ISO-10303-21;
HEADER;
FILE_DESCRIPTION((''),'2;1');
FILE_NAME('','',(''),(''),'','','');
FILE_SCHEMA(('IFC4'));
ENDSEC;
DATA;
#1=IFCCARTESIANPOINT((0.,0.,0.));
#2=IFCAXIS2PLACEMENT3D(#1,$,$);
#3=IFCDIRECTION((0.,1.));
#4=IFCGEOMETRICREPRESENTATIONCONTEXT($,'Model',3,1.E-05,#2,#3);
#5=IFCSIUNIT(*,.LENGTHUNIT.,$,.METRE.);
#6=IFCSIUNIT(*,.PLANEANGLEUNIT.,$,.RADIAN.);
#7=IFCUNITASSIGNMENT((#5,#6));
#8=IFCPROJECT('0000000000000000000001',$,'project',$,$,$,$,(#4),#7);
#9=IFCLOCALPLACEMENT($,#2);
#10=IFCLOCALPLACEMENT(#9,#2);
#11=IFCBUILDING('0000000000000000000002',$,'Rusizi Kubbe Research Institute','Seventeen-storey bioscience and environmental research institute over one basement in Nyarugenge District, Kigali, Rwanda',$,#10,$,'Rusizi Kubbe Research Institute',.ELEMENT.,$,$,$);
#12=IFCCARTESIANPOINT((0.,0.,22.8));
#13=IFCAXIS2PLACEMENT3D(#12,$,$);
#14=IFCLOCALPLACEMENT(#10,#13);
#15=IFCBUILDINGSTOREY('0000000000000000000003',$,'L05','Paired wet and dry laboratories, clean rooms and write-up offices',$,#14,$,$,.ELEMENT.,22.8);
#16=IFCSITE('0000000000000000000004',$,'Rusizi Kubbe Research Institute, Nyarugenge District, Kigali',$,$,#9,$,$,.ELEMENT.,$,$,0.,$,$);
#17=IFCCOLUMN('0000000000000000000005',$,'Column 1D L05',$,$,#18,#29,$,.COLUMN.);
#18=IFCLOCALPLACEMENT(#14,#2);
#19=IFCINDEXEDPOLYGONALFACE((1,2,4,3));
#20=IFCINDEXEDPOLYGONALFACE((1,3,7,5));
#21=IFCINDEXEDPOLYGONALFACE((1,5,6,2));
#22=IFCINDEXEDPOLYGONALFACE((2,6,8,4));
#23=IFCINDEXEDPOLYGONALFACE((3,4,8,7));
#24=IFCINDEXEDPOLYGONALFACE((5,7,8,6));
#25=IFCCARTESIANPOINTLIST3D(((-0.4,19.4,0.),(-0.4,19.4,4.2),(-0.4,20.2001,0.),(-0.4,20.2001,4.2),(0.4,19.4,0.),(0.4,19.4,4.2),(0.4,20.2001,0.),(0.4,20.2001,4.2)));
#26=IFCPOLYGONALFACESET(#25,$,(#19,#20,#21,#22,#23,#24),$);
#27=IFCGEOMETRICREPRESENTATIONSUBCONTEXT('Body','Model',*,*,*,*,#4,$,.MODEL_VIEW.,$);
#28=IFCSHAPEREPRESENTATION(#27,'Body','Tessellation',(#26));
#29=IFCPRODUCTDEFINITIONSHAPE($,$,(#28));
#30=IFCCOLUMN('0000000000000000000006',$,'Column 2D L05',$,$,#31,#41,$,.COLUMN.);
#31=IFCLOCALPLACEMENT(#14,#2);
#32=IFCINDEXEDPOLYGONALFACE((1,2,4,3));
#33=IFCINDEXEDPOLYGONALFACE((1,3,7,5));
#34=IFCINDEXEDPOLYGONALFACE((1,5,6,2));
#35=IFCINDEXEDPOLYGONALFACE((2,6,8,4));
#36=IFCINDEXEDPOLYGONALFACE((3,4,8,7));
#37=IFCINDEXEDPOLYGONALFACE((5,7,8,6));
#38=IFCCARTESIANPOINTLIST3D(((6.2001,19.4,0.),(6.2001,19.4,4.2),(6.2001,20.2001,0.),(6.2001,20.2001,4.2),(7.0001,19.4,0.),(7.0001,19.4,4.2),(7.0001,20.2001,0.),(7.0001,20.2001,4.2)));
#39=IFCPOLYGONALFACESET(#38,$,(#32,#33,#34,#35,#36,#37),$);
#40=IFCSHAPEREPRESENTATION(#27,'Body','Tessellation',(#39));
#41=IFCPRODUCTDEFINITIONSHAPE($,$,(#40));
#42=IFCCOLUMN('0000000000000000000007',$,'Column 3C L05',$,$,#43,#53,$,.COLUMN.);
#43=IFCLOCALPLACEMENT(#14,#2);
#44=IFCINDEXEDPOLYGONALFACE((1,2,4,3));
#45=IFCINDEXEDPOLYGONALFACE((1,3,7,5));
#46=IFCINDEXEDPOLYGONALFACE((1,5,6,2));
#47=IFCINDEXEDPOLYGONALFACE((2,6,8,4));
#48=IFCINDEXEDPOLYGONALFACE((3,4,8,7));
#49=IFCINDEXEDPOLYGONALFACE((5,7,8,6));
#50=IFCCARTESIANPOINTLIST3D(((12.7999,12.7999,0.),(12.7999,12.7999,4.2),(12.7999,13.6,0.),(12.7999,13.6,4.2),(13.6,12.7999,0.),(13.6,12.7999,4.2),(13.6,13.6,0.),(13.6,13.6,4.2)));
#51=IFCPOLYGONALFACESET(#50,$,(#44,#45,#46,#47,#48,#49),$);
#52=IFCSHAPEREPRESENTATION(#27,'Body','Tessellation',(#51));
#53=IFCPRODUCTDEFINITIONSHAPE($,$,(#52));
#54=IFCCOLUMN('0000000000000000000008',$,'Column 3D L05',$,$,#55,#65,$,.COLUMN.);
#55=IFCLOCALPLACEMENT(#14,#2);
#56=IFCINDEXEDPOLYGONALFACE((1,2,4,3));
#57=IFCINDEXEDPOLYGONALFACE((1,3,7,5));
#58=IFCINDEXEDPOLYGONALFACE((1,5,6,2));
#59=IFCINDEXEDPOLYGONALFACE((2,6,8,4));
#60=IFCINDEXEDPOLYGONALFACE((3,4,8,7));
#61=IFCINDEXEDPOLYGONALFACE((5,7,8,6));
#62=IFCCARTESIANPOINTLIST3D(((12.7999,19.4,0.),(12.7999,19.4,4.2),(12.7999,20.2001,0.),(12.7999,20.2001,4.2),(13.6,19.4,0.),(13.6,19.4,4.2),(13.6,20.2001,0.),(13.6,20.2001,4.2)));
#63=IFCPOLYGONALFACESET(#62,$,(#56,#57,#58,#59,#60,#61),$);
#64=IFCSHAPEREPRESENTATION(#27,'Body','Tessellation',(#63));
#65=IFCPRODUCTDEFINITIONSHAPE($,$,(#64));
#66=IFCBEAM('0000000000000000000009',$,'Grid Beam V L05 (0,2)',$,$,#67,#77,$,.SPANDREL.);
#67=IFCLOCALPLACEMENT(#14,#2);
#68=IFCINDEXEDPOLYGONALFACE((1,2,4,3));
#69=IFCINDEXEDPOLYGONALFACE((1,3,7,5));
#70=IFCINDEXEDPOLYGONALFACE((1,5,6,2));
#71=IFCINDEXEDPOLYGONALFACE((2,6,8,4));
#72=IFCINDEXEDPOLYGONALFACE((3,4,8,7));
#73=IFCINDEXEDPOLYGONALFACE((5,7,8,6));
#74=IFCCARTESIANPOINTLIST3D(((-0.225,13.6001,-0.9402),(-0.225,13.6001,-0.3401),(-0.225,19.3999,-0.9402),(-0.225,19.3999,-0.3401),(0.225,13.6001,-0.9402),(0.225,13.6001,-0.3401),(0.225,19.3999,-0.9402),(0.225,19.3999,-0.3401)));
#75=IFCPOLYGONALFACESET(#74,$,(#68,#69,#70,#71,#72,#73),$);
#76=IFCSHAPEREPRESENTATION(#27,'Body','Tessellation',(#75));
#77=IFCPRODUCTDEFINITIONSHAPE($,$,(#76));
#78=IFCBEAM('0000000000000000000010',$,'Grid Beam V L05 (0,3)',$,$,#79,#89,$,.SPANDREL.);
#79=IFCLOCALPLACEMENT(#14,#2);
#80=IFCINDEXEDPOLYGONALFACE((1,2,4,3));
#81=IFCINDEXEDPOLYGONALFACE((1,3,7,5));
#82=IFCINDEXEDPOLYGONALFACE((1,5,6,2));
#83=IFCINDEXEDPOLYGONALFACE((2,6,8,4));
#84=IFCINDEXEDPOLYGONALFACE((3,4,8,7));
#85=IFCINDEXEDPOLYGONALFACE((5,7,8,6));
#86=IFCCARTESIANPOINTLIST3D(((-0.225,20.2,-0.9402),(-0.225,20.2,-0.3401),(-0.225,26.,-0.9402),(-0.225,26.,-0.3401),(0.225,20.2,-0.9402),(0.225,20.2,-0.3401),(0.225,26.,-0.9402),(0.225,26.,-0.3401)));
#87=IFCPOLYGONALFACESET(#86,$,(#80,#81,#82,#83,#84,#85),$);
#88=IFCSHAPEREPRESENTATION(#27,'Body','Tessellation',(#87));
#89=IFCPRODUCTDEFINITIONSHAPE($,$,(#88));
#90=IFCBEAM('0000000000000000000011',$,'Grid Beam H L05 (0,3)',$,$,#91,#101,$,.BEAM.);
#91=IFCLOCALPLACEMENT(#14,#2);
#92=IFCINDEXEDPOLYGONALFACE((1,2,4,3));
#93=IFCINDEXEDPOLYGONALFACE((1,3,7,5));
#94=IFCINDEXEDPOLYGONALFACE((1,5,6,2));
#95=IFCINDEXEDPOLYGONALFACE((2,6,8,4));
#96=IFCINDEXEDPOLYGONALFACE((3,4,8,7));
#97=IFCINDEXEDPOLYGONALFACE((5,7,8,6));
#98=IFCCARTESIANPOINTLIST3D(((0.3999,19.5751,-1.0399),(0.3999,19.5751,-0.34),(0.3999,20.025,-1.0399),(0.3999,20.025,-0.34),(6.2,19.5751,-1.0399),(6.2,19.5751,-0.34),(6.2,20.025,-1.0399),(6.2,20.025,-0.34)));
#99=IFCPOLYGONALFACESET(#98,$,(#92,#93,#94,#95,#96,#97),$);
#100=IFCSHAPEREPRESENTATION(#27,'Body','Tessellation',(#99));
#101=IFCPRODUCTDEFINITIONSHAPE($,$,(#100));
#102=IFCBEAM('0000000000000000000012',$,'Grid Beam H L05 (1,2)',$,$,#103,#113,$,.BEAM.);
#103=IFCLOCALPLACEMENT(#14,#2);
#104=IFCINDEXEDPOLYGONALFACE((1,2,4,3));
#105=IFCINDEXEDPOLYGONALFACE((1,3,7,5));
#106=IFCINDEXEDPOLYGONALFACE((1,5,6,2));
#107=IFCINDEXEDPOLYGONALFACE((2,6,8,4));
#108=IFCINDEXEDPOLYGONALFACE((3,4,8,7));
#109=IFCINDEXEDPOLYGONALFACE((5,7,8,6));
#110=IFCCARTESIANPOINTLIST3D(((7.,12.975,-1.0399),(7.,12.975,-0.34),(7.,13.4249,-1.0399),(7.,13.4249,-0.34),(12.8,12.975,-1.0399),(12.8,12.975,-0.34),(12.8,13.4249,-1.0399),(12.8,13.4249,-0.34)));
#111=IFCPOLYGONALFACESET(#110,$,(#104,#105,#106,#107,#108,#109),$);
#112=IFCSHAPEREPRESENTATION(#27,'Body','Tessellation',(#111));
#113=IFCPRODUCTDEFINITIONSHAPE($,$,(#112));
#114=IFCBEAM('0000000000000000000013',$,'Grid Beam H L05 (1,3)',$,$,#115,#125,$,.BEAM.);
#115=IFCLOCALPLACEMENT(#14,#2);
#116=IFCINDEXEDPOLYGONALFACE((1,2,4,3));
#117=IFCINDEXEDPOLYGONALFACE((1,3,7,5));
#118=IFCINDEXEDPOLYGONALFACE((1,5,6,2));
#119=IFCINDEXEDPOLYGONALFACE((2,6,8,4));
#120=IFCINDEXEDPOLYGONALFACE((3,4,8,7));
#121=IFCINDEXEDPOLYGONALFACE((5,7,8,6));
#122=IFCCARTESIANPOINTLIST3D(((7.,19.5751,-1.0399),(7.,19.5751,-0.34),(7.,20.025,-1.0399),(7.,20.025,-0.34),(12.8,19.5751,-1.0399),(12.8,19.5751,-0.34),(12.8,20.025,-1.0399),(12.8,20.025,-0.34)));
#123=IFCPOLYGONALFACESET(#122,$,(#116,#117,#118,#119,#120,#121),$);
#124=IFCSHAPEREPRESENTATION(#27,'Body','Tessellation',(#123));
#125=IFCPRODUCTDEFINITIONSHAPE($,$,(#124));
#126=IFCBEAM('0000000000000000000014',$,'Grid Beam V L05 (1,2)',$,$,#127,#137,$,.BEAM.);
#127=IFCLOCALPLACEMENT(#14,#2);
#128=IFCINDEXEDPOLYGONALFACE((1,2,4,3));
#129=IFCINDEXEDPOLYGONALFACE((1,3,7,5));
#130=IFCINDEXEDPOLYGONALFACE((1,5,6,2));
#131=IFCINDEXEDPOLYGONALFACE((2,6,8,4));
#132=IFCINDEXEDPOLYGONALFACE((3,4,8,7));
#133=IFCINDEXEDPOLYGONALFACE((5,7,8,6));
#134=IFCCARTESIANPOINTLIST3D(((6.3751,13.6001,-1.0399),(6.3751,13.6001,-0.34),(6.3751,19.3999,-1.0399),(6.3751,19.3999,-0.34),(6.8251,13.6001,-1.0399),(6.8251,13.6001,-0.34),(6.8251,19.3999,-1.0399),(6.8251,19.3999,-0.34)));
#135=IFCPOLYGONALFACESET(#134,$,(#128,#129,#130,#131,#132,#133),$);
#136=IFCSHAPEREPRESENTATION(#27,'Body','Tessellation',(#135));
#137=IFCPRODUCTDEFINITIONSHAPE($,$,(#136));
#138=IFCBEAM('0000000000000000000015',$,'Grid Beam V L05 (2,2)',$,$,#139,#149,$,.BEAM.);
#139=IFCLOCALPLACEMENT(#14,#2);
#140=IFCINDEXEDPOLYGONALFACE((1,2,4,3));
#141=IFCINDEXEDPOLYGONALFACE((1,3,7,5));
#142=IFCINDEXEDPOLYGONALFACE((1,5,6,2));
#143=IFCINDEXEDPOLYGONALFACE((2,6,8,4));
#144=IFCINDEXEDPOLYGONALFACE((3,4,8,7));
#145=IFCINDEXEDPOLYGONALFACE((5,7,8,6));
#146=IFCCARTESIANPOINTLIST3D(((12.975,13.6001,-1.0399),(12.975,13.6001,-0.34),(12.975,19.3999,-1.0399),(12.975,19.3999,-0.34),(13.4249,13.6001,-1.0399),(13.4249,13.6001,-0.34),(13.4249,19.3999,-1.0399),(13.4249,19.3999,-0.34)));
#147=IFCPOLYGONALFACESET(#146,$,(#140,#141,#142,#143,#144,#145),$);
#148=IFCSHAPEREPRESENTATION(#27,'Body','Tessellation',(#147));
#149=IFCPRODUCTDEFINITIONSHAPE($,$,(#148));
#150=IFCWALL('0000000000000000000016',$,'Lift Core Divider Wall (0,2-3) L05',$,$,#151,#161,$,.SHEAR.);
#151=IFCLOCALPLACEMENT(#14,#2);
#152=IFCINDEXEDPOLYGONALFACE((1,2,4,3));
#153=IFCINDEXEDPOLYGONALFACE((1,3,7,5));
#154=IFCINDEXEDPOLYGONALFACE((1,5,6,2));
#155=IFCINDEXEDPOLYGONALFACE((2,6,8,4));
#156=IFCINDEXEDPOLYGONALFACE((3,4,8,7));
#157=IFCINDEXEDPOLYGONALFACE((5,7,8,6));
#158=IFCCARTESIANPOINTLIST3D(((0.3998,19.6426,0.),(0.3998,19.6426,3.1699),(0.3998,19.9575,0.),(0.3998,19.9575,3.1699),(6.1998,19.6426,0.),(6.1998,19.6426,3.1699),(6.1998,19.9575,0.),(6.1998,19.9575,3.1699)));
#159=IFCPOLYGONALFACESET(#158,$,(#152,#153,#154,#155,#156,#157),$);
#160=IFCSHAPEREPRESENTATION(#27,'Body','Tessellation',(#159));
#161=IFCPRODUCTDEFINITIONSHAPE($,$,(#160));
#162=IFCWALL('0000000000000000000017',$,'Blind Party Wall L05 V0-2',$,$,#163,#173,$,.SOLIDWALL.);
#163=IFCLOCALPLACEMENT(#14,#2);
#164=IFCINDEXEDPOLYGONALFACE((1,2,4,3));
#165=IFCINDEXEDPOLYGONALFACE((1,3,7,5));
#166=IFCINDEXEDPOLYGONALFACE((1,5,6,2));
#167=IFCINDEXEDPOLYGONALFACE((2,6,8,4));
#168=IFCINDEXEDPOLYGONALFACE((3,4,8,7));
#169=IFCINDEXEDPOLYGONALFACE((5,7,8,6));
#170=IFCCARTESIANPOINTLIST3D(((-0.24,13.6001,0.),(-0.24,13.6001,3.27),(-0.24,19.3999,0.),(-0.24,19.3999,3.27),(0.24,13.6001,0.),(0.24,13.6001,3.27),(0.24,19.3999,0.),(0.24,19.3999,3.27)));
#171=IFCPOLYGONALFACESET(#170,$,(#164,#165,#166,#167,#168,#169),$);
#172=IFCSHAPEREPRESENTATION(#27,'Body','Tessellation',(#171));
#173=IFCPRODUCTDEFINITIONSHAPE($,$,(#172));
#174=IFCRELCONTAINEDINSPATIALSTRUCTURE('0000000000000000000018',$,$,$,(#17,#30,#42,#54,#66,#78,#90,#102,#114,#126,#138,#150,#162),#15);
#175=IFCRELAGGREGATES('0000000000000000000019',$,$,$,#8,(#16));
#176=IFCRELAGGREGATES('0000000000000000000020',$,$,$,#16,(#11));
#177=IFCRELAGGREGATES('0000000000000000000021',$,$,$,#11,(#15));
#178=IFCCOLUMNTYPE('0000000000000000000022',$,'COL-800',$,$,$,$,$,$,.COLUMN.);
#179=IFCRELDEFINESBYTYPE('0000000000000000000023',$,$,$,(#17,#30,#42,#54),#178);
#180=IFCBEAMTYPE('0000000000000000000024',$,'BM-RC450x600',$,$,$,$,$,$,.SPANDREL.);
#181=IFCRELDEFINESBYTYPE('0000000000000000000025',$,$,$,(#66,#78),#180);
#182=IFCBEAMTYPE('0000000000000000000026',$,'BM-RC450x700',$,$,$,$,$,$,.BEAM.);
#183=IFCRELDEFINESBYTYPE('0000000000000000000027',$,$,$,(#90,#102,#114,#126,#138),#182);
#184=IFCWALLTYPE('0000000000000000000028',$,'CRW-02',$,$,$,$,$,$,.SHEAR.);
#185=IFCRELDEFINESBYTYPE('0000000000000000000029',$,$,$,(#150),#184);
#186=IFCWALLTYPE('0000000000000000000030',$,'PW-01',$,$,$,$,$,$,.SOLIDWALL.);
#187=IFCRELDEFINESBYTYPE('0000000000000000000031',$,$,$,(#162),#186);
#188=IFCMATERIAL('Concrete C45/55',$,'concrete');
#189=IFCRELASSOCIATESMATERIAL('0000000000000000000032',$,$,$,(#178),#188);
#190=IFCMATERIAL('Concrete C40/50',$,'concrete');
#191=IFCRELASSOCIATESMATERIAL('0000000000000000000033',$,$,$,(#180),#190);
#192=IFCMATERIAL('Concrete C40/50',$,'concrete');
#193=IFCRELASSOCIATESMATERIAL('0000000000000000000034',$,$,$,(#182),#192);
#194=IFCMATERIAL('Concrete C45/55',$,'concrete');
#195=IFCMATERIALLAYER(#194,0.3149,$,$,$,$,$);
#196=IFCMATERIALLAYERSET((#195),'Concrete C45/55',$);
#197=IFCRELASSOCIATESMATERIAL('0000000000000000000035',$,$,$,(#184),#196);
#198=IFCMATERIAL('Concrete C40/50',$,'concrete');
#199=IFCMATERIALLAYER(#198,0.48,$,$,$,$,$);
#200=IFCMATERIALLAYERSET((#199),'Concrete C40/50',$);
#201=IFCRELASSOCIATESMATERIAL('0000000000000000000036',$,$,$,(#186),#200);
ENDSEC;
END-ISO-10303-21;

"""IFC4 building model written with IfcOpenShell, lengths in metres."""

from ifc_helpers import new_model, si_unit, direction, frame, frame_2d, origin, origin_2d, place, context, subcontext, project, spatial, rectangle, extrude, material, layer, layer_set, material_profile, profile_set, type_object, element, save


model = new_model("IFC4")

# Units and contexts
model_context = context("Model", 3, precision=1e-05, world=origin(), true_north=direction((0.0, 1.0)))
body_context = subcontext(model_context, "Body", "Model", "MODEL_VIEW")
ifc_project = project(units=[si_unit("LENGTHUNIT", "METRE"), si_unit("PLANEANGLEUNIT", "RADIAN")], contexts=[model_context])

# Site, building, storey
site_placement = place(None, origin())
site = spatial("IfcSite", under=ifc_project, at=site_placement, Name="Rusizi Kubbe Research Institute, Nyarugenge District, Kigali", CompositionType="ELEMENT", RefElevation=0.0)
building_placement = place(site_placement, origin())
building = spatial("IfcBuilding", under=site, at=building_placement, Name="Rusizi Kubbe Research Institute", Description="Seventeen-storey bioscience and environmental research institute over one basement in Nyarugenge District, Kigali, Rwanda", LongName="Rusizi Kubbe Research Institute", CompositionType="ELEMENT")
storey_placement = place(building_placement, frame((0.0, 0.0, 22.8)))
storey = spatial("IfcBuildingStorey", under=building, at=storey_placement, Name="L05", Description="Paired wet and dry laboratories, clean rooms and write-up offices", CompositionType="ELEMENT", Elevation=22.8)

# Columns
ifc_material_1 = material(Name="Concrete C45/55", Category="concrete")
ifc_material_profile_1 = material_profile(ifc_material_1, rectangle(XDim=0.8, YDim=0.8, at=origin_2d()), Name="RC800x800")
ifc_profile_set_1 = profile_set([ifc_material_profile_1], Name="Concrete C45/55")
column_type = type_object("IfcColumnType", Name="COL-800", PredefinedType="COLUMN", material=ifc_profile_set_1)
for number, where, z_axis, x_axis, name in (
    (1, (0.0, 19.8, 0.0), (0.0, 0.0, 1.0), (1.0, 0.0, 0.0), "Column 1D L05"),
    (2, (6.6001, 19.8, 0.0), (0.0, 0.0, 1.0), (1.0, 0.0, 0.0), "Column 2D L05"),
    (3, (13.2, 13.2, 0.0), (0.0, 0.0, 1.0), (1.0, 0.0, 0.0), "Column 3C L05"),
    (4, (13.2, 19.8, 0.0), (0.0, 0.0, 1.0), (1.0, 0.0, 0.0), "Column 3D L05"),
):
    element("IfcColumn", number, at=place(storey_placement, frame(where, z_axis=z_axis, x_axis=x_axis)), inside=storey, type_object=column_type, Name=name, PredefinedType="COLUMN", context=body_context, shape_type="SweptSolid", body=[
        extrude(rectangle(XDim=0.8, YDim=0.8, at=origin_2d()), origin(), (0.0, 0.0, 1.0), 4.2),
    ])

# Beams
ifc_material_2 = material(Name="Concrete C40/50", Category="concrete")
ifc_material_profile_2 = material_profile(ifc_material_2, rectangle(XDim=0.45, YDim=0.6001, at=origin_2d()), Name="RC450x600")
ifc_profile_set_2 = profile_set([ifc_material_profile_2], Name="Concrete C40/50")
beam_type_1 = type_object("IfcBeamType", Name="BM-RC450x600", PredefinedType="SPANDREL", material=ifc_profile_set_2)
beam_1_placement = place(storey_placement, frame((0.0, 13.6001, -0.6401), z_axis=(0.0, 1.0, 0.0), x_axis=(-1.0, 0.0, 0.0)))
element("IfcBeam", 5, at=beam_1_placement, inside=storey, type_object=beam_type_1, Name="Grid Beam V L05 (0,2)", PredefinedType="SPANDREL", context=body_context, shape_type="SweptSolid", body=[
    extrude(rectangle(XDim=0.45, YDim=0.6001, at=origin_2d()), origin(), (0.0, 0.0, 1.0), 5.7998),
])
beam_2_placement = place(storey_placement, frame((0.0, 20.2, -0.6401), z_axis=(0.0, 1.0, 0.0), x_axis=(-1.0, 0.0, 0.0)))
element("IfcBeam", 6, at=beam_2_placement, inside=storey, type_object=beam_type_1, Name="Grid Beam V L05 (0,3)", PredefinedType="SPANDREL", context=body_context, shape_type="SweptSolid", body=[
    extrude(rectangle(XDim=0.45, YDim=0.6001, at=origin_2d()), origin(), (0.0, 0.0, 1.0), 5.8),
])
ifc_material_3 = material(Name="Concrete C40/50", Category="concrete")
ifc_material_profile_3 = material_profile(ifc_material_3, rectangle(XDim=0.45, YDim=0.7, at=origin_2d()), Name="RC450x700B")
ifc_profile_set_3 = profile_set([ifc_material_profile_3], Name="Concrete C40/50")
beam_type_2 = type_object("IfcBeamType", Name="BM-RC450x700", PredefinedType="BEAM", material=ifc_profile_set_3)
for number, where, z_axis, x_axis, name in (
    (7, (0.3999, 19.8, -0.6899), (1.0, 0.0, 0.0), (0.0, 1.0, 0.0), "Grid Beam H L05 (0,3)"),
    (8, (7.0, 13.2, -0.6899), (1.0, 0.0, 0.0), (0.0, 1.0, 0.0), "Grid Beam H L05 (1,2)"),
    (9, (7.0, 19.8, -0.6899), (1.0, 0.0, 0.0), (0.0, 1.0, 0.0), "Grid Beam H L05 (1,3)"),
):
    element("IfcBeam", number, at=place(storey_placement, frame(where, z_axis=z_axis, x_axis=x_axis)), inside=storey, type_object=beam_type_2, Name=name, PredefinedType="BEAM", context=body_context, shape_type="SweptSolid", body=[
        extrude(rectangle(XDim=0.45, YDim=0.7, at=origin_2d()), origin(), (0.0, 0.0, 1.0), 5.8),
    ])
for number, where, z_axis, x_axis, name in (
    (10, (6.6001, 13.6001, -0.6899), (0.0, 1.0, 0.0), (-1.0, 0.0, 0.0), "Grid Beam V L05 (1,2)"),
    (11, (13.2, 13.6001, -0.6899), (0.0, 1.0, 0.0), (-1.0, 0.0, 0.0), "Grid Beam V L05 (2,2)"),
):
    element("IfcBeam", number, at=place(storey_placement, frame(where, z_axis=z_axis, x_axis=x_axis)), inside=storey, type_object=beam_type_2, Name=name, PredefinedType="BEAM", context=body_context, shape_type="SweptSolid", body=[
        extrude(rectangle(XDim=0.45, YDim=0.7, at=origin_2d()), origin(), (0.0, 0.0, 1.0), 5.7998),
    ])

# Wall
ifc_material_4 = material(Name="Concrete C45/55", Category="concrete")
ifc_layer_1 = layer(ifc_material_4, 0.3149)
ifc_layer_set_1 = layer_set([ifc_layer_1], Name="Concrete C45/55")
wall_type_1 = type_object("IfcWallType", Name="CRW-02", PredefinedType="SHEAR", material=ifc_layer_set_1)
wall_1_placement = place(storey_placement, frame((0.3999, 19.8, 0.0), z_axis=(0.0, 0.0, 1.0), x_axis=(1.0, 0.0, 0.0)))
element("IfcWall", 12, at=wall_1_placement, inside=storey, type_object=wall_type_1, Name="Lift Core Divider Wall (0,2-3) L05", PredefinedType="SHEAR", context=body_context, shape_type="SweptSolid", body=[
    extrude(rectangle(XDim=5.8, YDim=0.3149, at=frame_2d((2.8999, 0.0))), origin(), (0.0, 0.0, 1.0), 3.1699),
])

# Wall
ifc_material_5 = material(Name="Concrete C40/50", Category="concrete")
ifc_layer_2 = layer(ifc_material_5, 0.48)
ifc_layer_set_2 = layer_set([ifc_layer_2], Name="Concrete C40/50")
wall_type_2 = type_object("IfcWallType", Name="PW-01", PredefinedType="SOLIDWALL", material=ifc_layer_set_2)
wall_2_placement = place(storey_placement, frame((0.0, 13.6001, 0.0), z_axis=(0.0, 0.0, 1.0), x_axis=(0.0, 1.0, 0.0)))
element("IfcWall", 13, at=wall_2_placement, inside=storey, type_object=wall_type_2, Name="Blind Party Wall L05 V0-2", PredefinedType="SOLIDWALL", context=body_context, shape_type="SweptSolid", body=[
    extrude(rectangle(XDim=5.7998, YDim=0.48, at=frame_2d((2.8999, 0.0))), origin(), (0.0, 0.0, 1.0), 3.27),
])

save(model, "model.ifc")
